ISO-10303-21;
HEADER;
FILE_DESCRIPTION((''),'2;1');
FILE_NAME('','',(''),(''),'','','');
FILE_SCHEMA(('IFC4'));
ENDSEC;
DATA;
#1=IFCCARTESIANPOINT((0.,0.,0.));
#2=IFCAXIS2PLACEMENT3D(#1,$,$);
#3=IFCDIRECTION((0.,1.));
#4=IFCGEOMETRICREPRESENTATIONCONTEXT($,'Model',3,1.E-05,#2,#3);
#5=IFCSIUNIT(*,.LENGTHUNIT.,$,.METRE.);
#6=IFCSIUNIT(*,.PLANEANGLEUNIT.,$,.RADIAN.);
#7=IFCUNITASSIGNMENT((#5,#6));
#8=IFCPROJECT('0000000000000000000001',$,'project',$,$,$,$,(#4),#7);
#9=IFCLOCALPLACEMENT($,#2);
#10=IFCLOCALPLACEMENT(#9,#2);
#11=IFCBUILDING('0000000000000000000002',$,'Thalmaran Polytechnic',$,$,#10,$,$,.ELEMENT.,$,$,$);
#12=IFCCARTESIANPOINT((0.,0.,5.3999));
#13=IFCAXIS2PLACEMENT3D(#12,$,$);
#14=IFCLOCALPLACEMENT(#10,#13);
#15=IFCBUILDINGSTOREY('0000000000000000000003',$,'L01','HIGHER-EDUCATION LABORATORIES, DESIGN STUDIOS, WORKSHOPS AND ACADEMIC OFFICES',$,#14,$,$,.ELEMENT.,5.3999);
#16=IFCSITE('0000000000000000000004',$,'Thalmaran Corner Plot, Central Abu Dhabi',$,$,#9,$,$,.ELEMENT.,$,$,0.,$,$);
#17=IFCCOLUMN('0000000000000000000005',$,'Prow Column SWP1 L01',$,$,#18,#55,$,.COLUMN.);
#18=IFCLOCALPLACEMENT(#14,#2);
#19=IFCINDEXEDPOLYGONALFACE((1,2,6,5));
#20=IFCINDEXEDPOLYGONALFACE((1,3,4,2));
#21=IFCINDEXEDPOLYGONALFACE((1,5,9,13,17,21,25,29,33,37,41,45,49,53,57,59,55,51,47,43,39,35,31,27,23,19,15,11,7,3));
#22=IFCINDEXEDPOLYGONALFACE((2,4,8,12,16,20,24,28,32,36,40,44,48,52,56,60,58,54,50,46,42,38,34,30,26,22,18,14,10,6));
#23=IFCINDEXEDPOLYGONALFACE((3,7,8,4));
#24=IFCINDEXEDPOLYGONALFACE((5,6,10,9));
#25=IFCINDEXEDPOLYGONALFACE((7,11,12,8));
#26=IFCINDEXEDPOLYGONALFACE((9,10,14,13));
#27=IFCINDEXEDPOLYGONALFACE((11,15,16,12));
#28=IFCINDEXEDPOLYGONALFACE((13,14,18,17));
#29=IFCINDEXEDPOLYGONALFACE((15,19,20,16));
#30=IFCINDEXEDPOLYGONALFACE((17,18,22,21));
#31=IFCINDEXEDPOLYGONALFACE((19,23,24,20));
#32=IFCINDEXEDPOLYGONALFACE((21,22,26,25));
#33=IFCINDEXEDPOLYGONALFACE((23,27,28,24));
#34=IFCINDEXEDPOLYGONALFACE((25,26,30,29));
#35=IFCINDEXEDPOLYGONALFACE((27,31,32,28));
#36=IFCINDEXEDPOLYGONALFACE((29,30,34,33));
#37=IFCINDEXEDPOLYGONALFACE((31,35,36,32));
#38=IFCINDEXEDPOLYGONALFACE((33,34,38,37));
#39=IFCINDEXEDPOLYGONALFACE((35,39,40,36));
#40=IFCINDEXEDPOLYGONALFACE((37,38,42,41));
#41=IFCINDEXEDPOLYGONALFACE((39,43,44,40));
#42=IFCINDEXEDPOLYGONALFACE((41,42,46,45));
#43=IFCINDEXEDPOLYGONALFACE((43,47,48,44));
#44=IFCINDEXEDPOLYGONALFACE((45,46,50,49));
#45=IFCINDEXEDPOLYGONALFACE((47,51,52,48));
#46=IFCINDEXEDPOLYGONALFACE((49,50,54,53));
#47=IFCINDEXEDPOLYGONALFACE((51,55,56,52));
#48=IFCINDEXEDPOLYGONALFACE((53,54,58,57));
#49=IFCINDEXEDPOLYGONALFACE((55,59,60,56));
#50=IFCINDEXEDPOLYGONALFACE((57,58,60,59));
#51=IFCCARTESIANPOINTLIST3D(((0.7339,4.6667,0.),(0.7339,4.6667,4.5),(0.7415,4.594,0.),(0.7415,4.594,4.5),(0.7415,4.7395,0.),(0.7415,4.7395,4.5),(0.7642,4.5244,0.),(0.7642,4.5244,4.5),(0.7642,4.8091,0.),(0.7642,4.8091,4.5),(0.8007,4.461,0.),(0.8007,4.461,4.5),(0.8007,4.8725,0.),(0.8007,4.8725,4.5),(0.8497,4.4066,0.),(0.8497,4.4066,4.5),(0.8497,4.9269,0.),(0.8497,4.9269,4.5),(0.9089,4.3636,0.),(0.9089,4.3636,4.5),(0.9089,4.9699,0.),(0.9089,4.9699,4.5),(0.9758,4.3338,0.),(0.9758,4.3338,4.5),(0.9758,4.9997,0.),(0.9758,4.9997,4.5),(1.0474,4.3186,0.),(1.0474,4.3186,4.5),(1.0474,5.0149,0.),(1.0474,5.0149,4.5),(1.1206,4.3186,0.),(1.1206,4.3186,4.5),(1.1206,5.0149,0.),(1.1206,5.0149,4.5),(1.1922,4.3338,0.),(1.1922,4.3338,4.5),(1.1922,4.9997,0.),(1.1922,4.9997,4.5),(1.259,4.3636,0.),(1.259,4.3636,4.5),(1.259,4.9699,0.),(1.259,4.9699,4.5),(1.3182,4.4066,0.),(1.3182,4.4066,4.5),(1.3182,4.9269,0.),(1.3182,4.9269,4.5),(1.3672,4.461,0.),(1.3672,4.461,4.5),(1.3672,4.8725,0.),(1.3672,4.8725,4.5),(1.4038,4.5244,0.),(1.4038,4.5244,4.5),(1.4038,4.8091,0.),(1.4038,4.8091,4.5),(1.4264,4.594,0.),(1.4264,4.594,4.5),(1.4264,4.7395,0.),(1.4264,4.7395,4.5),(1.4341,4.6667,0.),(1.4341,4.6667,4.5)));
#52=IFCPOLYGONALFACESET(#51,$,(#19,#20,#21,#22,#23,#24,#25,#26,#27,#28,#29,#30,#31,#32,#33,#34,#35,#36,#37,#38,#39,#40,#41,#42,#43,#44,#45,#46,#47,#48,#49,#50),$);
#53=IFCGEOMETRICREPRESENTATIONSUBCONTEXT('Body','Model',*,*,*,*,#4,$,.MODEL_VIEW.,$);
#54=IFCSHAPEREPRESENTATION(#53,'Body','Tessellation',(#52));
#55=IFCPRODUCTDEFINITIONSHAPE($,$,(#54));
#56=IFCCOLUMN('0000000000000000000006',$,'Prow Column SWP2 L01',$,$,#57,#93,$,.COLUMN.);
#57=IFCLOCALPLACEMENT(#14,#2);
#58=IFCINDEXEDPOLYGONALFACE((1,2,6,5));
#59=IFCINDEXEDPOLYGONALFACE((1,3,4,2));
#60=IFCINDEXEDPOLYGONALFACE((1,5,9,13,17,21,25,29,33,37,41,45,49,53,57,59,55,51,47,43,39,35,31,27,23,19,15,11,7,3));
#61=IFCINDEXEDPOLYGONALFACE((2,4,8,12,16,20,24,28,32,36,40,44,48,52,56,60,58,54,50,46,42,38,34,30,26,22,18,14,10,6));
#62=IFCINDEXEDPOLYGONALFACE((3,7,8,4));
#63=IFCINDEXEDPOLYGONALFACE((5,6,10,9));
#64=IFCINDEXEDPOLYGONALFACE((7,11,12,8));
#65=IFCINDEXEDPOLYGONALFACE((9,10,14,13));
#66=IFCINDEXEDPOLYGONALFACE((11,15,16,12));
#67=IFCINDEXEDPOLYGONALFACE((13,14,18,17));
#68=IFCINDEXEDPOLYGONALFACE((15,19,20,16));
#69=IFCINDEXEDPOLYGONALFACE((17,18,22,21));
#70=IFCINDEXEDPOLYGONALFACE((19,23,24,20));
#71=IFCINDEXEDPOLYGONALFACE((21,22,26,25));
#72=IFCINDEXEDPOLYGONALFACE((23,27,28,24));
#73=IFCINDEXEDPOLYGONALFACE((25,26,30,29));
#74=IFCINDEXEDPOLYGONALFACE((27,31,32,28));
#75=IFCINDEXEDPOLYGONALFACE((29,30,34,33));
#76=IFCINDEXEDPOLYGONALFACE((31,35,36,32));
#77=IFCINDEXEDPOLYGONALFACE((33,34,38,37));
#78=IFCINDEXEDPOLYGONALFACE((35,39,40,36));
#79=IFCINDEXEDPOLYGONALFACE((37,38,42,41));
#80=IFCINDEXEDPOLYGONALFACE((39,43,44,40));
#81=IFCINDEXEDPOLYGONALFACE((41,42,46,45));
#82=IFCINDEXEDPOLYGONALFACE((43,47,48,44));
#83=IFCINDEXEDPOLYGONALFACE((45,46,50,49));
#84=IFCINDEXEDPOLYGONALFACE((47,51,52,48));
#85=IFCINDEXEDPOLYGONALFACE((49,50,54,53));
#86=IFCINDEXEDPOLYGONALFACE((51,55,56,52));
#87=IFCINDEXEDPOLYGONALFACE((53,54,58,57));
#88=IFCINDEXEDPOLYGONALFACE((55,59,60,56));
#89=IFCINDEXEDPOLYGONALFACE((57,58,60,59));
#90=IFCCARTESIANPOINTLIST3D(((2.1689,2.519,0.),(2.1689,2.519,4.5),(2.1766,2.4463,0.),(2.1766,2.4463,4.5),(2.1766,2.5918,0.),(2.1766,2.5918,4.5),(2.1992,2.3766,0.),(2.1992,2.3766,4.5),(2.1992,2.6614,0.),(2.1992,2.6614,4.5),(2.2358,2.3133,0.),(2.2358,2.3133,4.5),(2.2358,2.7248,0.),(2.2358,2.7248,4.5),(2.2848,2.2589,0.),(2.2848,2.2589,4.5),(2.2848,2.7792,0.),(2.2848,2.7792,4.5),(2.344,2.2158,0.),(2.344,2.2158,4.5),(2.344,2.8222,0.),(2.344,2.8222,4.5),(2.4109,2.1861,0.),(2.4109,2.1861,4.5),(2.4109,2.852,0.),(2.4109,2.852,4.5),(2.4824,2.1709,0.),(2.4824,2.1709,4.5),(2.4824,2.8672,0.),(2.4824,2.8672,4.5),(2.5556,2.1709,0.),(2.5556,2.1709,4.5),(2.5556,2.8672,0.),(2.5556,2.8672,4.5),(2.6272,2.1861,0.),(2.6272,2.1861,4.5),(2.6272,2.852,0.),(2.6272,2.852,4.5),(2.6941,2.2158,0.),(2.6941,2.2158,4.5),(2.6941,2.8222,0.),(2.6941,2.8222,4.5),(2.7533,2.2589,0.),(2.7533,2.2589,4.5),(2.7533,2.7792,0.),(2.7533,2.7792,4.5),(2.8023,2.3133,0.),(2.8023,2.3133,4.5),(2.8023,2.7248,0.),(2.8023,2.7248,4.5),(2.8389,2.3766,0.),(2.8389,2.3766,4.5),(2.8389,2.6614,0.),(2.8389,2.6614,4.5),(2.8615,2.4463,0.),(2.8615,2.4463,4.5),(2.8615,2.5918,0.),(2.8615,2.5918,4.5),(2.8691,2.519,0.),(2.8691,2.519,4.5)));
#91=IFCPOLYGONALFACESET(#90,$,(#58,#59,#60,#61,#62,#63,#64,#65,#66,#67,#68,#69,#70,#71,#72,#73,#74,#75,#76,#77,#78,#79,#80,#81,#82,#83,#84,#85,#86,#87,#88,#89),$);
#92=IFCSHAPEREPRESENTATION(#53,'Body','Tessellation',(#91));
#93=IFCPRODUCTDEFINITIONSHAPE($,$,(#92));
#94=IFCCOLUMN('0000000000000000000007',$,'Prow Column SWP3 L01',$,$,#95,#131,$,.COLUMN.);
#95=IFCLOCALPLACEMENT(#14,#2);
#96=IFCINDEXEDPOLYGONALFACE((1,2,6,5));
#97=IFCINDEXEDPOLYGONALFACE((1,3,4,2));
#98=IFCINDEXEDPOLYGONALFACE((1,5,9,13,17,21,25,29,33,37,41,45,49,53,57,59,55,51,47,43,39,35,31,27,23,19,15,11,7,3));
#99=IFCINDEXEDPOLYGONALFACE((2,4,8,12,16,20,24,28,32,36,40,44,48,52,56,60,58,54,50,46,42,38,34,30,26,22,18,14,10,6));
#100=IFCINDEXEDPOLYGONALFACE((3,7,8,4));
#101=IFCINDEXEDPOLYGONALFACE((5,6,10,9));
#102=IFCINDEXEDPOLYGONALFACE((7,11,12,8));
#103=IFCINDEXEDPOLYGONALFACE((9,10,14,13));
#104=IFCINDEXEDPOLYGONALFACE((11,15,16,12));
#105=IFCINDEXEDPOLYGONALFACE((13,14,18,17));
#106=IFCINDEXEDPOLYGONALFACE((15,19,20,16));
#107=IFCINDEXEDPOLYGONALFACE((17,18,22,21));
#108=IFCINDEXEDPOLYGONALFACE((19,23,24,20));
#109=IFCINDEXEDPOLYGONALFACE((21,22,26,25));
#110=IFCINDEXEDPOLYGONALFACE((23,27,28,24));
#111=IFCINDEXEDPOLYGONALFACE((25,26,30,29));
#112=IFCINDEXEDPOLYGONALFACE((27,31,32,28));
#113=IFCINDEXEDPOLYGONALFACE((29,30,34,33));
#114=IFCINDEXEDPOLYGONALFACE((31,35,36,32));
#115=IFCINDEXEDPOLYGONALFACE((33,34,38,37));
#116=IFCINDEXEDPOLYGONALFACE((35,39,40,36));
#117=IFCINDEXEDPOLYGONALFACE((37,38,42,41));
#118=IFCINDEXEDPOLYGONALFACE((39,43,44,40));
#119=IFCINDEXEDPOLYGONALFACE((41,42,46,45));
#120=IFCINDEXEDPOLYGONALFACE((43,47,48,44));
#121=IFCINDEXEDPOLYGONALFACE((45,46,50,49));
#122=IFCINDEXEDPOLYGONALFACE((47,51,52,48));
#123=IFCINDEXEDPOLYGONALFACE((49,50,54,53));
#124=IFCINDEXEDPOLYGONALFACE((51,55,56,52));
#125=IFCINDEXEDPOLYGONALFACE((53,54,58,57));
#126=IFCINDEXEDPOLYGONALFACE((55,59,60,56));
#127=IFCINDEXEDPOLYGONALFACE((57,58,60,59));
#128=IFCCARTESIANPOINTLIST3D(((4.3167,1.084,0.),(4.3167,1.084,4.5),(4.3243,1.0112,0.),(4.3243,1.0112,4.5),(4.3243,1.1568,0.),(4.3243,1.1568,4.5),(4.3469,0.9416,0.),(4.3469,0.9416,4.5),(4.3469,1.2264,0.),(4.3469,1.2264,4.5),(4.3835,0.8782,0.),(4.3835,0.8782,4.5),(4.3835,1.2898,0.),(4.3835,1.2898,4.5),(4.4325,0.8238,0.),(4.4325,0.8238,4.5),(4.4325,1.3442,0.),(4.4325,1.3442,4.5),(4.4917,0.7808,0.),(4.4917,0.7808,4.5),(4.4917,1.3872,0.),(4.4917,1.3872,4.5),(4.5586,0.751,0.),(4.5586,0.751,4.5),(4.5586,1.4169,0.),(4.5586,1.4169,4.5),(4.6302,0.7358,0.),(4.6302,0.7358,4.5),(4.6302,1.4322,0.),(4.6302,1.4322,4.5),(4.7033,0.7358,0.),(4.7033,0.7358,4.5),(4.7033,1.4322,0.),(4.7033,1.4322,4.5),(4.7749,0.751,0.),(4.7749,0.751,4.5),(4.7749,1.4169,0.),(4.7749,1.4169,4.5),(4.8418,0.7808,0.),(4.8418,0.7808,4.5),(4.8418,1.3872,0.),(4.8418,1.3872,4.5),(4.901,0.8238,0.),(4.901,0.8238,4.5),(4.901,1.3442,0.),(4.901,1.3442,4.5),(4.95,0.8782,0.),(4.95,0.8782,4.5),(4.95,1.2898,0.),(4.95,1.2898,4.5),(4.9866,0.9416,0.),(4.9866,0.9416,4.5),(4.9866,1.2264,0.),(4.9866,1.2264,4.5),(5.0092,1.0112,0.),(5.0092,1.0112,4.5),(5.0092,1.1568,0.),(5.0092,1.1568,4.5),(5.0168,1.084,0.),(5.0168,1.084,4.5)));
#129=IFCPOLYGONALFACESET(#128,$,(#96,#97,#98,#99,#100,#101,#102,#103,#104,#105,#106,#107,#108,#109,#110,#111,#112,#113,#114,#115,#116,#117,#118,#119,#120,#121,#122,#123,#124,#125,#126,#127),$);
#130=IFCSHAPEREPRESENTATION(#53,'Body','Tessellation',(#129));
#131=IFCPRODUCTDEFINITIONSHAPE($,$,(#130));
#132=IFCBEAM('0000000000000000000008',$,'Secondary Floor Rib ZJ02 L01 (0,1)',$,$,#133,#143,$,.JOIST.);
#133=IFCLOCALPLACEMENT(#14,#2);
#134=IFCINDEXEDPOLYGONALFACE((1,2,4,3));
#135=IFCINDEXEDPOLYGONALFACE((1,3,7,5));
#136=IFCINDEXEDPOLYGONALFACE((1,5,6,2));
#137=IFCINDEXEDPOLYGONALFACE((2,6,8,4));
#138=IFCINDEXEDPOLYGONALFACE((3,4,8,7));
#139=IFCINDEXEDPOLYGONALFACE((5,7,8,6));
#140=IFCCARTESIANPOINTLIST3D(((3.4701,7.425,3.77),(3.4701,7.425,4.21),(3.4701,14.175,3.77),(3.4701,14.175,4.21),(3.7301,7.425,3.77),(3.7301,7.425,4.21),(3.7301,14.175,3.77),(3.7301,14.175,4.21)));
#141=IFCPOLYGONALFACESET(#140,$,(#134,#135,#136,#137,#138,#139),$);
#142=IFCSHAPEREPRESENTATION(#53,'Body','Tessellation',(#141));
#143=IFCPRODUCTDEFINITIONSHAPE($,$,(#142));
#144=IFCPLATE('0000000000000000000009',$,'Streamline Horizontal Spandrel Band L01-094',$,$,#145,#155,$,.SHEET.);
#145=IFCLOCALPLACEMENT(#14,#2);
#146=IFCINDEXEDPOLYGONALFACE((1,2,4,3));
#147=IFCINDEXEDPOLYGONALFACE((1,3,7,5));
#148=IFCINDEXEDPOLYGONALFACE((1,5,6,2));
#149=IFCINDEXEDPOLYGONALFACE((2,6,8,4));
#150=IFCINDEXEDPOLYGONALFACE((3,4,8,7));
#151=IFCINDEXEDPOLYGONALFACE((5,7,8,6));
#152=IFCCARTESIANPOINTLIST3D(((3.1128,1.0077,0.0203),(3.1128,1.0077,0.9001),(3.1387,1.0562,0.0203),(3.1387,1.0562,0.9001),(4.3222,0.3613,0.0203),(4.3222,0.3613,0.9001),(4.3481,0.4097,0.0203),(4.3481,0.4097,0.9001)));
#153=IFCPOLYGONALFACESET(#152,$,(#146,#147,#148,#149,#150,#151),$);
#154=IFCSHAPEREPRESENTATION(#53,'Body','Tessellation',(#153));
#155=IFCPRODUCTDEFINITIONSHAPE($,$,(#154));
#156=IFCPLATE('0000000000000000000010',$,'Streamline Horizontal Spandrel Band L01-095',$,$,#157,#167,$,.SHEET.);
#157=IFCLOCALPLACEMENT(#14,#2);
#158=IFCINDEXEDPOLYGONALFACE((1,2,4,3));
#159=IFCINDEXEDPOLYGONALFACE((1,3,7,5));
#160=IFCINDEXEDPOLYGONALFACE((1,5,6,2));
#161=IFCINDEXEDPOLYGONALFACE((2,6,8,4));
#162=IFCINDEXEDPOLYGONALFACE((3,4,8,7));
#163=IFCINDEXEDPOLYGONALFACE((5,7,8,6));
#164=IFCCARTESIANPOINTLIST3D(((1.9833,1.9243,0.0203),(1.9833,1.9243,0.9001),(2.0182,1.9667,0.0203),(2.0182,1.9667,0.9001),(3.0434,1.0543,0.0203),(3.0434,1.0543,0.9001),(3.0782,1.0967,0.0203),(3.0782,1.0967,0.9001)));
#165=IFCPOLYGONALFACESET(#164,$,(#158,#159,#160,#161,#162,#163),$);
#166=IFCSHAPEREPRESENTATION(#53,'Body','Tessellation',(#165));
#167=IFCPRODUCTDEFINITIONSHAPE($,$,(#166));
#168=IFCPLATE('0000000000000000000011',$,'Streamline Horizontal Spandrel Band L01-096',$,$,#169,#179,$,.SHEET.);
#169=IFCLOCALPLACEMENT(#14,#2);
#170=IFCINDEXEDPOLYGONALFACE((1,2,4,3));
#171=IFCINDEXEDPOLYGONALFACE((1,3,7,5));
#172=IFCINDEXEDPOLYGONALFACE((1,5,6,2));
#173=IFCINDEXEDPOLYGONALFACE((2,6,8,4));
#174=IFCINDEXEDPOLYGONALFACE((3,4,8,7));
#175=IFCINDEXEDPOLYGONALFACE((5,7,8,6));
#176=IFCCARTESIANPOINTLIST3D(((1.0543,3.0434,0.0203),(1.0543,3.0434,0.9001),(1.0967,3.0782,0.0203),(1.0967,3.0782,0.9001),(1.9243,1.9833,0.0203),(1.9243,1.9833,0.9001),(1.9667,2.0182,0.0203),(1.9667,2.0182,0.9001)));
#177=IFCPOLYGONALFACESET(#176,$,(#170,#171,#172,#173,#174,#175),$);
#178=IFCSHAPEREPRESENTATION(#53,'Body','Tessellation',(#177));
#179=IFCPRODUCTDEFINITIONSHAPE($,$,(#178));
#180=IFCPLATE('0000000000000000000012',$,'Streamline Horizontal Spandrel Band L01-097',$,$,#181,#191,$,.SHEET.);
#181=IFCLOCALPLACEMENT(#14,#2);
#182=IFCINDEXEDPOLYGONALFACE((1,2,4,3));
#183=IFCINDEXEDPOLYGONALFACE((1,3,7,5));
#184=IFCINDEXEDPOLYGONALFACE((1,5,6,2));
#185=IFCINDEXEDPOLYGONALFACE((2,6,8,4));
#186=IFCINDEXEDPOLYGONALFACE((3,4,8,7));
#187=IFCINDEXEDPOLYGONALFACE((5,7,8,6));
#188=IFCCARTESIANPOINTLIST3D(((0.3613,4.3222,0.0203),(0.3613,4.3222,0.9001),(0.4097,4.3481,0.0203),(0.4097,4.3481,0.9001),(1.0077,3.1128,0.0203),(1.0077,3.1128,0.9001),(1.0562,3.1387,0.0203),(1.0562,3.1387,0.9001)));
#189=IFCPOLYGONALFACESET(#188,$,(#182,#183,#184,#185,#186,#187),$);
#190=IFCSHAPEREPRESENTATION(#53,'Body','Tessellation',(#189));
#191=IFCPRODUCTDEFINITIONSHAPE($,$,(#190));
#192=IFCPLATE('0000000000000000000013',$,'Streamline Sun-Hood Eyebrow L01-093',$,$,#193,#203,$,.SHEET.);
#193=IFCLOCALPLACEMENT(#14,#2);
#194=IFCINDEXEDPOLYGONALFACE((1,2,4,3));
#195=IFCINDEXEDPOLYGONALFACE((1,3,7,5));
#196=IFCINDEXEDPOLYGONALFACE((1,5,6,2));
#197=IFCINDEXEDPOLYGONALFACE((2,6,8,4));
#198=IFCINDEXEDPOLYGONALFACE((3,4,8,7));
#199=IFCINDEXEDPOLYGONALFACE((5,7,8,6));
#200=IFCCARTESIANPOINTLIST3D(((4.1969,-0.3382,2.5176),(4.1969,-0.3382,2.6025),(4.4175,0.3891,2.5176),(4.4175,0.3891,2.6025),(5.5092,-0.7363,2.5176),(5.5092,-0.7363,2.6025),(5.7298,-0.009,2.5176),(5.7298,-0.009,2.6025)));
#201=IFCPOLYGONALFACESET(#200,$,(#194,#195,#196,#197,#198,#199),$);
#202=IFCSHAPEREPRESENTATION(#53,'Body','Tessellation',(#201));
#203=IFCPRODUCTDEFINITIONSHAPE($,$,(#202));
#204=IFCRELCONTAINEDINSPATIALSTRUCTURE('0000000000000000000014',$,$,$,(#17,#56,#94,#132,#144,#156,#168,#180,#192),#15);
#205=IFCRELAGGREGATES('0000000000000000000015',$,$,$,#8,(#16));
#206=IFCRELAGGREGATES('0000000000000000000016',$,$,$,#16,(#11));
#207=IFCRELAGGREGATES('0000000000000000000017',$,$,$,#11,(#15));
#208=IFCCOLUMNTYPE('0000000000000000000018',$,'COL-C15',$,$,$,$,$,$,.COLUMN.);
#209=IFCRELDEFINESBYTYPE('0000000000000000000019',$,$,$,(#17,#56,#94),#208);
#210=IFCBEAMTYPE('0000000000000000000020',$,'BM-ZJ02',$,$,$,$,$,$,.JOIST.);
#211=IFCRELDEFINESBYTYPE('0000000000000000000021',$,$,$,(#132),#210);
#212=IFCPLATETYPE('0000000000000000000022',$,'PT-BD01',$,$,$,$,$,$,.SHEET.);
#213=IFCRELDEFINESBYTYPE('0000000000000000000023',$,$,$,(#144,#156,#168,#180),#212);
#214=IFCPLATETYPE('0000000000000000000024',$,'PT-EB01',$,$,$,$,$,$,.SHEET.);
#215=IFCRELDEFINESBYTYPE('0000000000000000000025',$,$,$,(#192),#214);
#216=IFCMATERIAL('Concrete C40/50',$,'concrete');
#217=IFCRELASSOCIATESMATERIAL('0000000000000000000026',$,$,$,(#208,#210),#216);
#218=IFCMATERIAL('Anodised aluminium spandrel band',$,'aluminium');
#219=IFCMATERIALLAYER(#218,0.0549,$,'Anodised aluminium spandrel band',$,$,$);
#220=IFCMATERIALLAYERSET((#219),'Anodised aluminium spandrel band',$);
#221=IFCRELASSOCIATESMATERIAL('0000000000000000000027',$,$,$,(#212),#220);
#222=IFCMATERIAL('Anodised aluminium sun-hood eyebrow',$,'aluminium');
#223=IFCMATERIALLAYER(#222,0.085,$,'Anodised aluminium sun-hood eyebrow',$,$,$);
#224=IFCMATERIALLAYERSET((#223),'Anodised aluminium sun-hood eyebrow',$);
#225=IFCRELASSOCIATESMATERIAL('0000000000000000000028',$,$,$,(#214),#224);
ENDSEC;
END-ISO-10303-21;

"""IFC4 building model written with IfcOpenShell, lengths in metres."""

from ifc_helpers import new_model, si_unit, direction, frame, origin, origin_2d, place, context, subcontext, project, spatial, rectangle, circle, extrude, material, layer, layer_set, material_profile, profile_set, type_object, element, save


model = new_model("IFC4")

# Units and contexts
model_context = context("Model", 3, precision=1e-05, world=origin(), true_north=direction((0.0, 1.0)))
body_context = subcontext(model_context, "Body", "Model", "MODEL_VIEW")
ifc_project = project(units=[si_unit("LENGTHUNIT", "METRE"), si_unit("PLANEANGLEUNIT", "RADIAN")], contexts=[model_context])

# Site, building, storey
site_placement = place(None, origin())
site = spatial("IfcSite", under=ifc_project, at=site_placement, Name="Thalmaran Corner Plot, Central Abu Dhabi", CompositionType="ELEMENT", RefElevation=0.0)
building_placement = place(site_placement, origin())
building = spatial("IfcBuilding", under=site, at=building_placement, Name="Thalmaran Polytechnic", CompositionType="ELEMENT")
storey_placement = place(building_placement, frame((0.0, 0.0, 5.3999)))
storey = spatial("IfcBuildingStorey", under=building, at=storey_placement, Name="L01", Description="HIGHER-EDUCATION LABORATORIES, DESIGN STUDIOS, WORKSHOPS AND ACADEMIC OFFICES", CompositionType="ELEMENT", Elevation=5.3999)

# Columns
ifc_material_1 = material(Name="Concrete C40/50", Category="concrete")
ifc_material_profile_1 = material_profile(ifc_material_1, circle(Radius=0.3501, at=origin_2d()), Name="RC 700 DIA")
ifc_profile_set_1 = profile_set([ifc_material_profile_1], Name="Concrete C40/50")
column_type = type_object("IfcColumnType", Name="COL-C15", PredefinedType="COLUMN", material=ifc_profile_set_1)
for number, where, z_axis, x_axis, name in (
    (1, (1.084, 4.6667, 0.0), (0.0, 0.0, 1.0), (1.0, 0.0, 0.0), "Prow Column SWP1 L01"),
    (2, (2.519, 2.519, 0.0), (0.0, 0.0, 1.0), (1.0, 0.0, 0.0), "Prow Column SWP2 L01"),
    (3, (4.6667, 1.084, 0.0), (0.0, 0.0, 1.0), (1.0, 0.0, 0.0), "Prow Column SWP3 L01"),
):
    element("IfcColumn", number, at=place(storey_placement, frame(where, z_axis=z_axis, x_axis=x_axis)), inside=storey, type_object=column_type, Name=name, PredefinedType="COLUMN", context=body_context, shape_type="SweptSolid", body=[
        extrude(circle(Radius=0.3501, at=origin_2d()), origin(), (0.0, 0.0, 1.0), 4.5),
    ])

# Beam
ifc_material_profile_2 = material_profile(ifc_material_1, rectangle(XDim=0.26, YDim=0.4399, at=origin_2d()), Name="RC 260x440")
ifc_profile_set_2 = profile_set([ifc_material_profile_2], Name="Concrete C40/50")
beam_type = type_object("IfcBeamType", Name="BM-ZJ02", PredefinedType="JOIST", material=ifc_profile_set_2)
beam_placement = place(storey_placement, frame((3.6001, 7.425, 3.99), z_axis=(0.0, 1.0, 0.0), x_axis=(-1.0, 0.0, 0.0)))
element("IfcBeam", 4, at=beam_placement, inside=storey, type_object=beam_type, Name="Secondary Floor Rib ZJ02 L01 (0,1)", PredefinedType="JOIST", context=body_context, shape_type="SweptSolid", body=[
    extrude(rectangle(XDim=0.26, YDim=0.4399, at=origin_2d()), origin(), (0.0, 0.0, 1.0), 6.75),
])

# Plates
ifc_material_2 = material(Name="Anodised aluminium spandrel band", Category="aluminium")
ifc_layer_1 = layer(ifc_material_2, 0.0549, Name="Anodised aluminium spandrel band")
ifc_layer_set_1 = layer_set([ifc_layer_1], Name="Anodised aluminium spandrel band")
plate_type_1 = type_object("IfcPlateType", Name="PT-BD01", PredefinedType="SHEET", material=ifc_layer_set_1)
for number, where, z_axis, x_axis, name in (
    (5, (3.7305, 0.7087, 0.0203), (0.0, 0.0, 1.0), (-0.881921, 0.471397, 0.0), "Streamline Horizontal Spandrel Band L01-094"),
    (6, (2.5308, 1.5105, 0.0203), (0.0, 0.0, 1.0), (-0.77301, 0.634393, 0.0), "Streamline Horizontal Spandrel Band L01-095"),
    (7, (1.5105, 2.5308, 0.0203), (0.0, 0.0, 1.0), (-0.634393, 0.77301, 0.0), "Streamline Horizontal Spandrel Band L01-096"),
    (8, (0.7087, 3.7305, 0.0203), (0.0, 0.0, 1.0), (-0.471397, 0.881921, 0.0), "Streamline Horizontal Spandrel Band L01-097"),
):
    element("IfcPlate", number, at=place(storey_placement, frame(where, z_axis=z_axis, x_axis=x_axis)), inside=storey, type_object=plate_type_1, Name=name, PredefinedType="SHEET", context=body_context, shape_type="SweptSolid", body=[
        extrude(rectangle(XDim=1.3713, YDim=0.0549, at=origin_2d()), origin(), (0.0, 0.0, 1.0), 0.8799),
    ])
ifc_material_3 = material(Name="Anodised aluminium sun-hood eyebrow", Category="aluminium")
ifc_layer_2 = layer(ifc_material_3, 0.085, Name="Anodised aluminium sun-hood eyebrow")
ifc_layer_set_2 = layer_set([ifc_layer_2], Name="Anodised aluminium sun-hood eyebrow")
plate_type_2 = type_object("IfcPlateType", Name="PT-EB01", PredefinedType="SHEET", material=ifc_layer_set_2)
for number, where, z_axis, x_axis, name in (
    (9, (4.9634, -0.1736, 2.5176), (0.0, 0.0, 1.0), (-0.95694, 0.290285, 0.0), "Streamline Sun-Hood Eyebrow L01-093"),
):
    element("IfcPlate", number, at=place(storey_placement, frame(where, z_axis=z_axis, x_axis=x_axis)), inside=storey, type_object=plate_type_2, Name=name, PredefinedType="SHEET", context=body_context, shape_type="SweptSolid", body=[
        extrude(rectangle(XDim=1.3713, YDim=0.76, at=origin_2d()), origin(), (0.0, 0.0, 1.0), 0.085),
    ])

save(model, "model.ifc")
